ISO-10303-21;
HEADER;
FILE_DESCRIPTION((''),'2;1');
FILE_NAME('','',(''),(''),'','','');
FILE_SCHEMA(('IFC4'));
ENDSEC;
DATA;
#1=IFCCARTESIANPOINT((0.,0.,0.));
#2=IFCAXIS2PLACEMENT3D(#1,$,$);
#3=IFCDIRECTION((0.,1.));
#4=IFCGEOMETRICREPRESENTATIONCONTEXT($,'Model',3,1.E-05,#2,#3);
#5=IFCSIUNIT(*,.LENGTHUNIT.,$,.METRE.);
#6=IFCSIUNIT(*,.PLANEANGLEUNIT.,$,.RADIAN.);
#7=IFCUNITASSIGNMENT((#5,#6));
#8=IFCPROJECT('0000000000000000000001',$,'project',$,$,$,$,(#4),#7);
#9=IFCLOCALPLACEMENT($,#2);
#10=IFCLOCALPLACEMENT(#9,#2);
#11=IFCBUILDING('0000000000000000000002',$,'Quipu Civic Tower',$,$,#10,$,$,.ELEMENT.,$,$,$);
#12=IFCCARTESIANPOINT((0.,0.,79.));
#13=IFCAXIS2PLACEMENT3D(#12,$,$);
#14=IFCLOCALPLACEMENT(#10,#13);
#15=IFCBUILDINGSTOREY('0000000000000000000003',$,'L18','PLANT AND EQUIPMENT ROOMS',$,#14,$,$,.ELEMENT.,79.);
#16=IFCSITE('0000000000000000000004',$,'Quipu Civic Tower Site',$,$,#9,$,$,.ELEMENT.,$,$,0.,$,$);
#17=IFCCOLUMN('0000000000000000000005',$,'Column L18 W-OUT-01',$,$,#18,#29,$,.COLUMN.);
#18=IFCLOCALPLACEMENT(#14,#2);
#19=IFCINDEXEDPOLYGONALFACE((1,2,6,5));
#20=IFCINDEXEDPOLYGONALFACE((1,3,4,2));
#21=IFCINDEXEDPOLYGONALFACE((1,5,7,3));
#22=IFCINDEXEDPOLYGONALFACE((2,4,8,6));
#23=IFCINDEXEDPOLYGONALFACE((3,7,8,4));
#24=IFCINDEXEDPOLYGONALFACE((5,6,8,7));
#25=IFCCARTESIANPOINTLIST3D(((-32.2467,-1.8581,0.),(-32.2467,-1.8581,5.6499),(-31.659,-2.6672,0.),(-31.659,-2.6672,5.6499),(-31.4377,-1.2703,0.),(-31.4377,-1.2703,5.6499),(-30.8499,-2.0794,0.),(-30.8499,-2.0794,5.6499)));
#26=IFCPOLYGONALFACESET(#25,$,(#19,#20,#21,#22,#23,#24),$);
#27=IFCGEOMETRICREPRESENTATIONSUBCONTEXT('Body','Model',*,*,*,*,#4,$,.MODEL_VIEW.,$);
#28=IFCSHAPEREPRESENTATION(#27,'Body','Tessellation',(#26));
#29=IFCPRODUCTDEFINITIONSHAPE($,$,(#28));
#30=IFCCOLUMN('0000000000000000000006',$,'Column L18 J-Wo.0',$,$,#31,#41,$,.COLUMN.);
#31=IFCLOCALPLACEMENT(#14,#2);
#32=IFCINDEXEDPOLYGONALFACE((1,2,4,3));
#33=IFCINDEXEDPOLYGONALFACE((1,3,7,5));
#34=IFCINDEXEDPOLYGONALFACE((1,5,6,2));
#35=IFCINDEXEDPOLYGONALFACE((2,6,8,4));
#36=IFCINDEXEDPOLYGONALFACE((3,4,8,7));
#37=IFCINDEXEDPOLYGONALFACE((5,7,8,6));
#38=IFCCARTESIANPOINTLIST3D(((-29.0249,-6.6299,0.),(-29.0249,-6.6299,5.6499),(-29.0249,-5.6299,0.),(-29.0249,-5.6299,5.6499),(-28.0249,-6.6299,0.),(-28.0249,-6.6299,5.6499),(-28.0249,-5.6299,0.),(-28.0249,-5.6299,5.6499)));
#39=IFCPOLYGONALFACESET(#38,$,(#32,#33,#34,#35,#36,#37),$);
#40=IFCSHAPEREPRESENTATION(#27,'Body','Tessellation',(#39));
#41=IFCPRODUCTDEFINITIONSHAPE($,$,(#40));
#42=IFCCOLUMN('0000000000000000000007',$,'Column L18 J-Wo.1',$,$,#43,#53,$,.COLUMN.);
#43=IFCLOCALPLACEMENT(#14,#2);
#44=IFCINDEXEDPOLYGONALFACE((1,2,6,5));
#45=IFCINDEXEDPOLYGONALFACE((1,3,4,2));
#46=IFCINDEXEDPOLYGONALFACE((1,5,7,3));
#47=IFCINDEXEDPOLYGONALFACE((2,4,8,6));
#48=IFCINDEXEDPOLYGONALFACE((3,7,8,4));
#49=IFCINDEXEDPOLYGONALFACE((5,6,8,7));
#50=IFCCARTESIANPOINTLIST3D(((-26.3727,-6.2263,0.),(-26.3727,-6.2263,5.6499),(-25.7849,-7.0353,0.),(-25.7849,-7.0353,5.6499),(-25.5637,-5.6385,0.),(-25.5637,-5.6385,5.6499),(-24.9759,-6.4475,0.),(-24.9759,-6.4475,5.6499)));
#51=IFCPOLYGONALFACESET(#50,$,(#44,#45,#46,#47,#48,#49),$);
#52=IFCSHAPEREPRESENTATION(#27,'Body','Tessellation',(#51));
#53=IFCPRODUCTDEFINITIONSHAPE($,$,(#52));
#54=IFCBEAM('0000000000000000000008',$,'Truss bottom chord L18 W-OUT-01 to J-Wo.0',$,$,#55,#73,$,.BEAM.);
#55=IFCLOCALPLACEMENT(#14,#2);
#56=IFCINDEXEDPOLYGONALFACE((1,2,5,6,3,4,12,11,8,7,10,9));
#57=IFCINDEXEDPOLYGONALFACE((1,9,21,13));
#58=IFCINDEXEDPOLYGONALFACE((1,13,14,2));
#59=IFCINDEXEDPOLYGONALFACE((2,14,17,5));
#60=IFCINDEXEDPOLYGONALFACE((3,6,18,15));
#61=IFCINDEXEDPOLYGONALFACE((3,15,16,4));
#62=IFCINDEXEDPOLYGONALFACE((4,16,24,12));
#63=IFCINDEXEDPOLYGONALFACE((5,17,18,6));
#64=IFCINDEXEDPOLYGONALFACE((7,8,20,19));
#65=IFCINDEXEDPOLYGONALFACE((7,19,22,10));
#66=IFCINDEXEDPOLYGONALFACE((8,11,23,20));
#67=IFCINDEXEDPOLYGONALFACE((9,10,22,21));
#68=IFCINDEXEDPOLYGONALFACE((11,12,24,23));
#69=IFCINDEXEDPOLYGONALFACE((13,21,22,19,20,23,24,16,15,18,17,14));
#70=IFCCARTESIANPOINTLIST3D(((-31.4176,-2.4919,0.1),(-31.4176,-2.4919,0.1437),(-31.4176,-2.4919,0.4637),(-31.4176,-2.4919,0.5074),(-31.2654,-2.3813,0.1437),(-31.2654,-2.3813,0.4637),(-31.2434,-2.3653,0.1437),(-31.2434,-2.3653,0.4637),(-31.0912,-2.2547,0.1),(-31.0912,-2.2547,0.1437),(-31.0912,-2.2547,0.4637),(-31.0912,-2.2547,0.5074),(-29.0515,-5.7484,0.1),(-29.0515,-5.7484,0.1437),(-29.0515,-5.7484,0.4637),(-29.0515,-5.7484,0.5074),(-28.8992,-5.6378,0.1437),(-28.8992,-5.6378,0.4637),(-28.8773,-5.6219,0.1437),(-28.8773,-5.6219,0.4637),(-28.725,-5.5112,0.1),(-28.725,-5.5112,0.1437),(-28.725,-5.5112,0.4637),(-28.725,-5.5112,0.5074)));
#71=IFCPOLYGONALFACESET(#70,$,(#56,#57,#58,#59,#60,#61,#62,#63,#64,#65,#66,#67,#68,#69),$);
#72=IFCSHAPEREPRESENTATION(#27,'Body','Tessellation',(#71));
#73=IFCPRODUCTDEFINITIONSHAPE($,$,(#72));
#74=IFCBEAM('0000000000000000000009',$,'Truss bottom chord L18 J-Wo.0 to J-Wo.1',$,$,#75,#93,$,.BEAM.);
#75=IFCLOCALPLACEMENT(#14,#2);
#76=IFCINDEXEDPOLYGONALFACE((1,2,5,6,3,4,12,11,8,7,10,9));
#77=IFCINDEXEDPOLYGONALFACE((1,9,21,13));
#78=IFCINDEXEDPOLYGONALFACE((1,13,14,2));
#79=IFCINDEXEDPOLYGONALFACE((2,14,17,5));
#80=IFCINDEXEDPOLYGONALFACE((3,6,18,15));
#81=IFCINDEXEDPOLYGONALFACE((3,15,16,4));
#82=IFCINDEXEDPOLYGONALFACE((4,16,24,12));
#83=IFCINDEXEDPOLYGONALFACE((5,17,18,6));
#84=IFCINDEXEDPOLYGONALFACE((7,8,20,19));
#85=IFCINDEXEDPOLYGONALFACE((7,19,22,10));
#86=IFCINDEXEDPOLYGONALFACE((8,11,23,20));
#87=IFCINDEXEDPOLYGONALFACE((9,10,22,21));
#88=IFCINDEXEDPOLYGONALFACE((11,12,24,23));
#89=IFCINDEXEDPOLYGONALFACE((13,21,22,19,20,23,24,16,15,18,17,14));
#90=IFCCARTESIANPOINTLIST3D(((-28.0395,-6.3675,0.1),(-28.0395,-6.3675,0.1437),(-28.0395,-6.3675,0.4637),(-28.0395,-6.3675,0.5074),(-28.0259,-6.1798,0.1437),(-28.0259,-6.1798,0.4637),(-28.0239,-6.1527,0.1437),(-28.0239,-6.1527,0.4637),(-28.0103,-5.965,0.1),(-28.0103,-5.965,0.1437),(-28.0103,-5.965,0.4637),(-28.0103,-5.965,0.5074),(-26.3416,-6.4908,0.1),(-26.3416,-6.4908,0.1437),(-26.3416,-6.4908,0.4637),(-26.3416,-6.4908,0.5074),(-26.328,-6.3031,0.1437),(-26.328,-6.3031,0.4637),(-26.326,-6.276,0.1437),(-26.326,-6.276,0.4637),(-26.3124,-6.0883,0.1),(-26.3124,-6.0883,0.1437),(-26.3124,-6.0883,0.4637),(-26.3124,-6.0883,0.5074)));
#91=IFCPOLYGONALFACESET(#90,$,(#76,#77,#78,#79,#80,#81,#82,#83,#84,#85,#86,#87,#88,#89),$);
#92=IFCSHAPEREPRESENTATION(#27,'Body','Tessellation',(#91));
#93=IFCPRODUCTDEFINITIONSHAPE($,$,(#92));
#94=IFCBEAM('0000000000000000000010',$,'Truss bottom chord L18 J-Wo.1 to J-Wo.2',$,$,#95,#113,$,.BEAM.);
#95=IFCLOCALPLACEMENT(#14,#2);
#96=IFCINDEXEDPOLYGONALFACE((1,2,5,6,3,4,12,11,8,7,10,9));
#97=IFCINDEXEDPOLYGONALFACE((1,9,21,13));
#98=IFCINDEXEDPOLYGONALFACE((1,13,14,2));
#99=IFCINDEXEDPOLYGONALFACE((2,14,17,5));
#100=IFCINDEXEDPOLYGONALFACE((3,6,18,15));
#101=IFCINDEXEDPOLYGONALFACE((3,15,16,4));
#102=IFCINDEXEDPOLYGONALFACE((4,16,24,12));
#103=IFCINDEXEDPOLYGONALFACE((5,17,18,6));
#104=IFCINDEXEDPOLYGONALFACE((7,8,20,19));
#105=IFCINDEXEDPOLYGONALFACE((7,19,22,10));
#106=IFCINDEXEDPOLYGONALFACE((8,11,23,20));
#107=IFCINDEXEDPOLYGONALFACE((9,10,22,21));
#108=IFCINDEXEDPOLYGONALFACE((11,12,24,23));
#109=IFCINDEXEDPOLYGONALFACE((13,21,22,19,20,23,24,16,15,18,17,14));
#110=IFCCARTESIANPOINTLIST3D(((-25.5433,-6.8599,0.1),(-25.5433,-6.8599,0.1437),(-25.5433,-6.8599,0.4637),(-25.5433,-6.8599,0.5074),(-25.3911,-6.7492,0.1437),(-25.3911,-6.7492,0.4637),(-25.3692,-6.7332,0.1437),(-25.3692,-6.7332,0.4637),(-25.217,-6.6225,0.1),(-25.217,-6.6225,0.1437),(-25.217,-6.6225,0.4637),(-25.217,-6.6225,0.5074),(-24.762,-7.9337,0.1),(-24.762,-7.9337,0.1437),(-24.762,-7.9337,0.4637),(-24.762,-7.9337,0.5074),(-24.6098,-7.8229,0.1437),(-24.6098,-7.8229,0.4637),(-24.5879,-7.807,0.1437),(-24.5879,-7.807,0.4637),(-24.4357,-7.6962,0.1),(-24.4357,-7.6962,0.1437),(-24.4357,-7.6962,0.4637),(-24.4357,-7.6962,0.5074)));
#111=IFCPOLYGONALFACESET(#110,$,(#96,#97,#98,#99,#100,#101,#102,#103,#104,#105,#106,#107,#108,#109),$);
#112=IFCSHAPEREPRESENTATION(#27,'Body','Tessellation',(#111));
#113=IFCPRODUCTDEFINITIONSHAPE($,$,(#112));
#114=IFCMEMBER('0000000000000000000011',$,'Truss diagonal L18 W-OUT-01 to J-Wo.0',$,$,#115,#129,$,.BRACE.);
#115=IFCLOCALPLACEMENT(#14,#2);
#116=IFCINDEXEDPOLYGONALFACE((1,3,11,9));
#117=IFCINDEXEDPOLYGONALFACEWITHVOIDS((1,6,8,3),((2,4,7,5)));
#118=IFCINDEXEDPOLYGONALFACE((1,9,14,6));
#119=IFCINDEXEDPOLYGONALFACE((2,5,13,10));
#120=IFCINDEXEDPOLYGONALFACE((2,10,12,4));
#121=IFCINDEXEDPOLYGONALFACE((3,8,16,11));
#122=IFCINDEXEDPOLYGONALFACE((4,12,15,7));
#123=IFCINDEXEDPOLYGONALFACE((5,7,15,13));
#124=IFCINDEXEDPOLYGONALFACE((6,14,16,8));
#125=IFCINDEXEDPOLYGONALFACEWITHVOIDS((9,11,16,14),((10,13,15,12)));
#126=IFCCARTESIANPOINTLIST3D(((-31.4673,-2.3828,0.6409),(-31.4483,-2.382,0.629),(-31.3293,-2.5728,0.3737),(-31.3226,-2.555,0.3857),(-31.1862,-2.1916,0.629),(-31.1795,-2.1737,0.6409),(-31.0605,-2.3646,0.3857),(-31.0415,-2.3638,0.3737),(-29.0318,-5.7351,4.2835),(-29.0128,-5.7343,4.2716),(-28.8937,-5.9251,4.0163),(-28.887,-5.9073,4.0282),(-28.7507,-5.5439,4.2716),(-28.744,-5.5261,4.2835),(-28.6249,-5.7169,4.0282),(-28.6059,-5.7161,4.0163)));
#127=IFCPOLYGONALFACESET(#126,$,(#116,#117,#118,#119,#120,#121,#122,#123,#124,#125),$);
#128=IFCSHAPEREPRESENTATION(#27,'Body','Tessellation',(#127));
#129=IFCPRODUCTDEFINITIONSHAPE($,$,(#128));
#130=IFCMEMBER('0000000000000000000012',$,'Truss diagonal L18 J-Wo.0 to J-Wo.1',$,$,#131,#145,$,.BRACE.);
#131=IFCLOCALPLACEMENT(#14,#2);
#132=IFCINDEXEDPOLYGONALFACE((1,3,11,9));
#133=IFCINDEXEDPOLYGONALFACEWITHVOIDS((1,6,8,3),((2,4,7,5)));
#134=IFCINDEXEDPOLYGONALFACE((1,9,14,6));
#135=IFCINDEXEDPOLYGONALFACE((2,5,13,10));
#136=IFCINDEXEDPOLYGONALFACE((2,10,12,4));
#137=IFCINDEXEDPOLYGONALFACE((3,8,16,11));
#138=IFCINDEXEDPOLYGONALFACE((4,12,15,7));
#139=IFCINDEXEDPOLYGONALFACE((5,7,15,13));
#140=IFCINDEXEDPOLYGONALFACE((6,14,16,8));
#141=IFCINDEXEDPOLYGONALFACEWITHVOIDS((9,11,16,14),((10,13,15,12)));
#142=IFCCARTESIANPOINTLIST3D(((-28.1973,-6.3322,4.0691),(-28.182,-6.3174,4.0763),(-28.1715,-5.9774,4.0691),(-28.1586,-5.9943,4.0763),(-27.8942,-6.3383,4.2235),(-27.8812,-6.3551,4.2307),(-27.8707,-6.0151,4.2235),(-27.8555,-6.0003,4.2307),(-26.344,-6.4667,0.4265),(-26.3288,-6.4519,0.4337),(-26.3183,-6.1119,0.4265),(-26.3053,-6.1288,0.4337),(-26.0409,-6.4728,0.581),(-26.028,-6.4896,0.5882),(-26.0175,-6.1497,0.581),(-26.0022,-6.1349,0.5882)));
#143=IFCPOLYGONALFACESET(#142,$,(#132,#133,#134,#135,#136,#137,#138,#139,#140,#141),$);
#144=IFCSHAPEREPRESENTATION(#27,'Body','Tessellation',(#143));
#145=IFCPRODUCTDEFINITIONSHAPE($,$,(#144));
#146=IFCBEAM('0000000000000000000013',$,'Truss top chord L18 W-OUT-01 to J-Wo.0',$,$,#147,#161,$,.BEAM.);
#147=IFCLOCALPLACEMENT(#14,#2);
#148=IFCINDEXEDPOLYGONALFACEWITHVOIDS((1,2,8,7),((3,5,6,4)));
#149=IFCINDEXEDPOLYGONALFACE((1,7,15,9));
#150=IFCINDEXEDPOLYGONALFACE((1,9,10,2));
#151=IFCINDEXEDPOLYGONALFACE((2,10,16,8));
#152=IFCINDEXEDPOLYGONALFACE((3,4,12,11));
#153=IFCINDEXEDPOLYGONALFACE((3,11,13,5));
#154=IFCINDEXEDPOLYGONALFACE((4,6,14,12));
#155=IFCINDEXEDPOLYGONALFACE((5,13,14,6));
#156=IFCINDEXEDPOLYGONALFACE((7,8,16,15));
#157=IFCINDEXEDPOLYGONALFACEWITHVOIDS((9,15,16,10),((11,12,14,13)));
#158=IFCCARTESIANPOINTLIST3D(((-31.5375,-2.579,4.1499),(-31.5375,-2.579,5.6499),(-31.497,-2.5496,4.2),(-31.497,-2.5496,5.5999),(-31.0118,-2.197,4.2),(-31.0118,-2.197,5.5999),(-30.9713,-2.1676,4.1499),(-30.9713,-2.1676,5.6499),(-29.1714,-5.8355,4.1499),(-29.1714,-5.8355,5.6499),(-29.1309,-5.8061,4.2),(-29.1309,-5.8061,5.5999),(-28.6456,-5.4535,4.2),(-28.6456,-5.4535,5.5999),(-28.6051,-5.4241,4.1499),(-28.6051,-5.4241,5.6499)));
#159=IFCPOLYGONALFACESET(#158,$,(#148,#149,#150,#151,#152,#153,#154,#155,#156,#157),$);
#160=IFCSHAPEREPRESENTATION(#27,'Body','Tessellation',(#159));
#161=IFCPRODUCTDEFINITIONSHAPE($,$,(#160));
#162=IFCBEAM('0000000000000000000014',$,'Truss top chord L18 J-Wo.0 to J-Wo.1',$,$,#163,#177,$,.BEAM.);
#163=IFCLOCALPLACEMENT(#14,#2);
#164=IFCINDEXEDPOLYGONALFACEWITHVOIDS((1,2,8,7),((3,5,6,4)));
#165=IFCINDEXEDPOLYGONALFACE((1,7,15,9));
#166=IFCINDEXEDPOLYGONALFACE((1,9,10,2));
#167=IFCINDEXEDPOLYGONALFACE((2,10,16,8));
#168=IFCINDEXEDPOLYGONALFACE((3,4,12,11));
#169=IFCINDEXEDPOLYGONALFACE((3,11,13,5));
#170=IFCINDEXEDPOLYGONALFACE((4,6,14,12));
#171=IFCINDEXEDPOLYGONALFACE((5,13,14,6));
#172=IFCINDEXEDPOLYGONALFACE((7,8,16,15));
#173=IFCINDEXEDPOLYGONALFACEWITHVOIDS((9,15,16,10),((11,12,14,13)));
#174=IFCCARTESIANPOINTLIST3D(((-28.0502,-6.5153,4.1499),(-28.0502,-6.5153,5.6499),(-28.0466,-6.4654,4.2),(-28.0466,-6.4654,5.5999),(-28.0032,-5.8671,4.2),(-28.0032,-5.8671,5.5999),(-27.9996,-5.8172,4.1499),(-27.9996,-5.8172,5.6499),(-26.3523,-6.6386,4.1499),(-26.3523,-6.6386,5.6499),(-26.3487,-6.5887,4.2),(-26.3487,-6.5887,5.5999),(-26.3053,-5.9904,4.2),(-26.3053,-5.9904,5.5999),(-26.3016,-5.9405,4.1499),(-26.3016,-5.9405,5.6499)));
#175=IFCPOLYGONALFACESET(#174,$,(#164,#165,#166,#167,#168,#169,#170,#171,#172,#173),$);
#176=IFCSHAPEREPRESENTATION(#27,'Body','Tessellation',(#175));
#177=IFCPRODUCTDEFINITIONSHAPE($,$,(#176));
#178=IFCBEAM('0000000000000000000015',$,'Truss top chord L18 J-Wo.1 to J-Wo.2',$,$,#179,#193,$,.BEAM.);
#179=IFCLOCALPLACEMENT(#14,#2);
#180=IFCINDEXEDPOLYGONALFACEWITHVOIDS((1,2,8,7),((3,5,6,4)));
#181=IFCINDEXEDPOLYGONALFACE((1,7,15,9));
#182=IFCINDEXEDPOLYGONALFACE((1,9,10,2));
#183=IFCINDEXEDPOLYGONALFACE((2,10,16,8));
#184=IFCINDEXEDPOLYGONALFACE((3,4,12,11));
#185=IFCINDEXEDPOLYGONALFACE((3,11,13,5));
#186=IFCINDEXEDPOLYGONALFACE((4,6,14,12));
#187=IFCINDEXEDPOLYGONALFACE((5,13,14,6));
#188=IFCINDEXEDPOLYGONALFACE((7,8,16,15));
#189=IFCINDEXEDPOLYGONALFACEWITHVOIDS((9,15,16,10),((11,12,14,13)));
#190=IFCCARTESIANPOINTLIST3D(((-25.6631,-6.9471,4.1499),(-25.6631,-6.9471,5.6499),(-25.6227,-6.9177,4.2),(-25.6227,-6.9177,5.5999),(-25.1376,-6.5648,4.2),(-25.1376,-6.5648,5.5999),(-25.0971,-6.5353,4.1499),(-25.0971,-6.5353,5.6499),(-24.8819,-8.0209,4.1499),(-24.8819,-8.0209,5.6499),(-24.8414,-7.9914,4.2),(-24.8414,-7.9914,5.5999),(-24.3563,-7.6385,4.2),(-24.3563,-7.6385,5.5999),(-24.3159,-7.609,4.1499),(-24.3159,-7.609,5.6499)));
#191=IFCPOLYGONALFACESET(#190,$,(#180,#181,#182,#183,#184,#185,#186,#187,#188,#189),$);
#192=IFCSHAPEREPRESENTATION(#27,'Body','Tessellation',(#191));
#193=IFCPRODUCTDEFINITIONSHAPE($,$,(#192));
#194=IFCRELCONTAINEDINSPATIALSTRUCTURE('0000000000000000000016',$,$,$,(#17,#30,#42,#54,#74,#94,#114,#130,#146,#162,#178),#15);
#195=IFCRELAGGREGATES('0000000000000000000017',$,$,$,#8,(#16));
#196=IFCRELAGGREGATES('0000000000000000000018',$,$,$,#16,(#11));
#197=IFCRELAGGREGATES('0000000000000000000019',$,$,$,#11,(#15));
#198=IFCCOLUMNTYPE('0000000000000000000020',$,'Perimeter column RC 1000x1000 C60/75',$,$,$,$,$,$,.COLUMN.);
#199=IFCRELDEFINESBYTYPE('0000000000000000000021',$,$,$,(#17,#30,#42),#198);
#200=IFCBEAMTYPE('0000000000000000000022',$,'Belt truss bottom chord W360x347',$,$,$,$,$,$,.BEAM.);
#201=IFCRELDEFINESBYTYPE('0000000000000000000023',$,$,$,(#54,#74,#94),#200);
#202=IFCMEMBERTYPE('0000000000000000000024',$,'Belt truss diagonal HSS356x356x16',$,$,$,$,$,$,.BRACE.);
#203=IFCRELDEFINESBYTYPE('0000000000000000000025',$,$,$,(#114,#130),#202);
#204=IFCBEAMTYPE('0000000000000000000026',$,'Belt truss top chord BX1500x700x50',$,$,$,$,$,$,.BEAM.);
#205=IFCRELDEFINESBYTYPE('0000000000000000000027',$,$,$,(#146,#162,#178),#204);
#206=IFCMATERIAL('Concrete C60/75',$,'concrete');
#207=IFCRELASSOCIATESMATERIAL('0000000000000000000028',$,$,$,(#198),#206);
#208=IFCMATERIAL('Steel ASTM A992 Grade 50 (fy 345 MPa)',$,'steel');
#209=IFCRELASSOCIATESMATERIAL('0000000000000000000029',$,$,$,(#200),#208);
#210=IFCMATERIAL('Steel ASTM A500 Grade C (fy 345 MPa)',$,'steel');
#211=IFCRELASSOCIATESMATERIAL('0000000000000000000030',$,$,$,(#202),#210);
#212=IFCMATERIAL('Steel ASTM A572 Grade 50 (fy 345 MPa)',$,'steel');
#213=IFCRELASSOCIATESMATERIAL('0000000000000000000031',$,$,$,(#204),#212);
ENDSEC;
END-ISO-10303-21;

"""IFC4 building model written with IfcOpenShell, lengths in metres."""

from ifc_helpers import new_model, si_unit, direction, frame, origin, origin_2d, place, context, subcontext, project, spatial, rectangle, hollow_rectangle, i_section, extrude, material, material_profile, profile_set, type_object, element, save


model = new_model("IFC4")

# Units and contexts
model_context = context("Model", 3, precision=1e-05, world=origin(), true_north=direction((0.0, 1.0)))
body_context = subcontext(model_context, "Body", "Model", "MODEL_VIEW")
ifc_project = project(units=[si_unit("LENGTHUNIT", "METRE"), si_unit("PLANEANGLEUNIT", "RADIAN")], contexts=[model_context])

# Site, building, storey
site_placement = place(None, origin())
site = spatial("IfcSite", under=ifc_project, at=site_placement, Name="Quipu Civic Tower Site", CompositionType="ELEMENT", RefElevation=0.0)
building_placement = place(site_placement, origin())
building = spatial("IfcBuilding", under=site, at=building_placement, Name="Quipu Civic Tower", CompositionType="ELEMENT")
storey_placement = place(building_placement, frame((0.0, 0.0, 79.0)))
storey = spatial("IfcBuildingStorey", under=building, at=storey_placement, Name="L18", Description="PLANT AND EQUIPMENT ROOMS", CompositionType="ELEMENT", Elevation=79.0)

# Columns
ifc_material_1 = material(Name="Concrete C60/75", Category="concrete")
ifc_material_profile_1 = material_profile(ifc_material_1, rectangle(XDim=1.0, YDim=1.0, at=origin_2d()), Name="RC1000x1000")
ifc_profile_set_1 = profile_set([ifc_material_profile_1], Name="Concrete C60/75")
column_type = type_object("IfcColumnType", Name="Perimeter column RC 1000x1000 C60/75", PredefinedType="COLUMN", material=ifc_profile_set_1)
for number, where, z_axis, x_axis, name in (
    (1, (-31.5483, -1.9688, 0.0), (0.0, 0.0, 1.0), (0.587785, -0.809017, 0.0), "Column L18 W-OUT-01"),
    (2, (-28.5249, -6.1299, 0.0), (0.0, 0.0, 1.0), (1.0, 0.0, 0.0), "Column L18 J-Wo.0"),
    (3, (-25.6743, -6.3369, 0.0), (0.0, 0.0, 1.0), (0.587785, -0.809017, 0.0), "Column L18 J-Wo.1"),
):
    element("IfcColumn", number, at=place(storey_placement, frame(where, z_axis=z_axis, x_axis=x_axis)), inside=storey, type_object=column_type, Name=name, PredefinedType="COLUMN", context=body_context, shape_type="SweptSolid", body=[
        extrude(rectangle(XDim=1.0, YDim=1.0, at=origin_2d()), origin(), (0.0, 0.0, 1.0), 5.6499),
    ])

# Beams
ifc_material_2 = material(Name="Steel ASTM A992 Grade 50 (fy 345 MPa)", Category="steel")
ifc_material_profile_2 = material_profile(ifc_material_2, i_section(OverallWidth=0.4036, OverallDepth=0.4075, WebThickness=0.0271, FlangeThickness=0.0437, at=origin_2d()), Name="W360x347")
ifc_profile_set_2 = profile_set([ifc_material_profile_2], Name="Steel ASTM A992 Grade 50 (fy 345 MPa)")
beam_type_1 = type_object("IfcBeamType", Name="Belt truss bottom chord W360x347", PredefinedType="BEAM", material=ifc_profile_set_2)
beam_1_placement = place(storey_placement, frame((-31.2544, -2.3733, 0.3037), z_axis=(0.587811, -0.808998, 0.0), x_axis=(0.808998, 0.587811, 0.0)))
element("IfcBeam", 4, at=beam_1_placement, inside=storey, type_object=beam_type_1, Name="Truss bottom chord L18 W-OUT-01 to J-Wo.0", PredefinedType="BEAM", context=body_context, shape_type="SweptSolid", body=[
    extrude(i_section(OverallWidth=0.4036, OverallDepth=0.4075, WebThickness=0.0271, FlangeThickness=0.0437, at=origin_2d()), origin(), (0.0, 0.0, 1.0), 4.0254),
])
beam_2_placement = place(storey_placement, frame((-28.0249, -6.1663, 0.3037), z_axis=(0.997374, -0.072419, 0.0), x_axis=(0.072419, 0.997374, 0.0)))
element("IfcBeam", 5, at=beam_2_placement, inside=storey, type_object=beam_type_1, Name="Truss bottom chord L18 J-Wo.0 to J-Wo.1", PredefinedType="BEAM", context=body_context, shape_type="SweptSolid", body=[
    extrude(i_section(OverallWidth=0.4036, OverallDepth=0.4075, WebThickness=0.0271, FlangeThickness=0.0437, at=origin_2d()), origin(), (0.0, 0.0, 1.0), 1.7024),
])
beam_3_placement = place(storey_placement, frame((-25.3801, -6.7412, 0.3037), z_axis=(0.588347, -0.808609, 0.0), x_axis=(0.808609, 0.588347, 0.0)))
element("IfcBeam", 6, at=beam_3_placement, inside=storey, type_object=beam_type_1, Name="Truss bottom chord L18 J-Wo.1 to J-Wo.2", PredefinedType="BEAM", context=body_context, shape_type="SweptSolid", body=[
    extrude(i_section(OverallWidth=0.4036, OverallDepth=0.4075, WebThickness=0.0271, FlangeThickness=0.0437, at=origin_2d()), origin(), (0.0, 0.0, 1.0), 1.3279),
])

# Members
ifc_material_3 = material(Name="Steel ASTM A500 Grade C (fy 345 MPa)", Category="steel")
ifc_material_profile_3 = material_profile(ifc_material_3, hollow_rectangle(XDim=0.3557, YDim=0.3557, WallThickness=0.0159, at=origin_2d()), Name="HSS356x356x16")
ifc_profile_set_3 = profile_set([ifc_material_profile_3], Name="Steel ASTM A500 Grade C (fy 345 MPa)")
member_type = type_object("IfcMemberType", Name="Belt truss diagonal HSS356x356x16", PredefinedType="BRACE", material=ifc_profile_set_3)
member_1_placement = place(storey_placement, frame((-31.2544, -2.3733, 0.5073), z_axis=(0.441456, -0.607621, 0.660237), x_axis=(0.809021, 0.587779, 0.0)))
element("IfcMember", 7, at=member_1_placement, inside=storey, type_object=member_type, Name="Truss diagonal L18 W-OUT-01 to J-Wo.0", PredefinedType="BRACE", context=body_context, shape_type="SweptSolid", body=[
    extrude(hollow_rectangle(XDim=0.3557, YDim=0.3557, WallThickness=0.0159, at=origin_2d()), origin(), (0.0, 0.0, 1.0), 5.5171),
])
member_2_placement = place(storey_placement, frame((-28.0264, -6.1663, 4.1499), z_axis=(0.453218, -0.032897, -0.890793), x_axis=(0.072395, 0.997376, 0.0)))
element("IfcMember", 8, at=member_2_placement, inside=storey, type_object=member_type, Name="Truss diagonal L18 J-Wo.0 to J-Wo.1", PredefinedType="BRACE", context=body_context, shape_type="SweptSolid", body=[
    extrude(hollow_rectangle(XDim=0.3557, YDim=0.3557, WallThickness=0.0159, at=origin_2d()), origin(), (0.0, 0.0, 1.0), 4.0891),
])

# Beams
ifc_material_4 = material(Name="Steel ASTM A572 Grade 50 (fy 345 MPa)", Category="steel")
ifc_material_profile_4 = material_profile(ifc_material_4, hollow_rectangle(XDim=0.7, YDim=1.5, WallThickness=0.05, at=origin_2d()), Name="BX1500x700x50")
ifc_profile_set_4 = profile_set([ifc_material_profile_4], Name="Steel ASTM A572 Grade 50 (fy 345 MPa)")
beam_type_2 = type_object("IfcBeamType", Name="Belt truss top chord BX1500x700x50", PredefinedType="BEAM", material=ifc_profile_set_4)
beam_4_placement = place(storey_placement, frame((-31.2544, -2.3733, 4.8999), z_axis=(0.587811, -0.808998, 0.0), x_axis=(0.808998, 0.587811, 0.0)))
element("IfcBeam", 9, at=beam_4_placement, inside=storey, type_object=beam_type_2, Name="Truss top chord L18 W-OUT-01 to J-Wo.0", PredefinedType="BEAM", context=body_context, shape_type="SweptSolid", body=[
    extrude(hollow_rectangle(XDim=0.7, YDim=1.5, WallThickness=0.05, at=origin_2d()), origin(), (0.0, 0.0, 1.0), 4.0254),
])
beam_5_placement = place(storey_placement, frame((-28.0249, -6.1663, 4.8999), z_axis=(0.997374, -0.072419, 0.0), x_axis=(0.072419, 0.997374, 0.0)))
element("IfcBeam", 10, at=beam_5_placement, inside=storey, type_object=beam_type_2, Name="Truss top chord L18 J-Wo.0 to J-Wo.1", PredefinedType="BEAM", context=body_context, shape_type="SweptSolid", body=[
    extrude(hollow_rectangle(XDim=0.7, YDim=1.5, WallThickness=0.05, at=origin_2d()), origin(), (0.0, 0.0, 1.0), 1.7024),
])
beam_6_placement = place(storey_placement, frame((-25.3801, -6.7412, 4.8999), z_axis=(0.588347, -0.808609, 0.0), x_axis=(0.808609, 0.588347, 0.0)))
element("IfcBeam", 11, at=beam_6_placement, inside=storey, type_object=beam_type_2, Name="Truss top chord L18 J-Wo.1 to J-Wo.2", PredefinedType="BEAM", context=body_context, shape_type="SweptSolid", body=[
    extrude(hollow_rectangle(XDim=0.7, YDim=1.5, WallThickness=0.05, at=origin_2d()), origin(), (0.0, 0.0, 1.0), 1.3279),
])

save(model, "model.ifc")
